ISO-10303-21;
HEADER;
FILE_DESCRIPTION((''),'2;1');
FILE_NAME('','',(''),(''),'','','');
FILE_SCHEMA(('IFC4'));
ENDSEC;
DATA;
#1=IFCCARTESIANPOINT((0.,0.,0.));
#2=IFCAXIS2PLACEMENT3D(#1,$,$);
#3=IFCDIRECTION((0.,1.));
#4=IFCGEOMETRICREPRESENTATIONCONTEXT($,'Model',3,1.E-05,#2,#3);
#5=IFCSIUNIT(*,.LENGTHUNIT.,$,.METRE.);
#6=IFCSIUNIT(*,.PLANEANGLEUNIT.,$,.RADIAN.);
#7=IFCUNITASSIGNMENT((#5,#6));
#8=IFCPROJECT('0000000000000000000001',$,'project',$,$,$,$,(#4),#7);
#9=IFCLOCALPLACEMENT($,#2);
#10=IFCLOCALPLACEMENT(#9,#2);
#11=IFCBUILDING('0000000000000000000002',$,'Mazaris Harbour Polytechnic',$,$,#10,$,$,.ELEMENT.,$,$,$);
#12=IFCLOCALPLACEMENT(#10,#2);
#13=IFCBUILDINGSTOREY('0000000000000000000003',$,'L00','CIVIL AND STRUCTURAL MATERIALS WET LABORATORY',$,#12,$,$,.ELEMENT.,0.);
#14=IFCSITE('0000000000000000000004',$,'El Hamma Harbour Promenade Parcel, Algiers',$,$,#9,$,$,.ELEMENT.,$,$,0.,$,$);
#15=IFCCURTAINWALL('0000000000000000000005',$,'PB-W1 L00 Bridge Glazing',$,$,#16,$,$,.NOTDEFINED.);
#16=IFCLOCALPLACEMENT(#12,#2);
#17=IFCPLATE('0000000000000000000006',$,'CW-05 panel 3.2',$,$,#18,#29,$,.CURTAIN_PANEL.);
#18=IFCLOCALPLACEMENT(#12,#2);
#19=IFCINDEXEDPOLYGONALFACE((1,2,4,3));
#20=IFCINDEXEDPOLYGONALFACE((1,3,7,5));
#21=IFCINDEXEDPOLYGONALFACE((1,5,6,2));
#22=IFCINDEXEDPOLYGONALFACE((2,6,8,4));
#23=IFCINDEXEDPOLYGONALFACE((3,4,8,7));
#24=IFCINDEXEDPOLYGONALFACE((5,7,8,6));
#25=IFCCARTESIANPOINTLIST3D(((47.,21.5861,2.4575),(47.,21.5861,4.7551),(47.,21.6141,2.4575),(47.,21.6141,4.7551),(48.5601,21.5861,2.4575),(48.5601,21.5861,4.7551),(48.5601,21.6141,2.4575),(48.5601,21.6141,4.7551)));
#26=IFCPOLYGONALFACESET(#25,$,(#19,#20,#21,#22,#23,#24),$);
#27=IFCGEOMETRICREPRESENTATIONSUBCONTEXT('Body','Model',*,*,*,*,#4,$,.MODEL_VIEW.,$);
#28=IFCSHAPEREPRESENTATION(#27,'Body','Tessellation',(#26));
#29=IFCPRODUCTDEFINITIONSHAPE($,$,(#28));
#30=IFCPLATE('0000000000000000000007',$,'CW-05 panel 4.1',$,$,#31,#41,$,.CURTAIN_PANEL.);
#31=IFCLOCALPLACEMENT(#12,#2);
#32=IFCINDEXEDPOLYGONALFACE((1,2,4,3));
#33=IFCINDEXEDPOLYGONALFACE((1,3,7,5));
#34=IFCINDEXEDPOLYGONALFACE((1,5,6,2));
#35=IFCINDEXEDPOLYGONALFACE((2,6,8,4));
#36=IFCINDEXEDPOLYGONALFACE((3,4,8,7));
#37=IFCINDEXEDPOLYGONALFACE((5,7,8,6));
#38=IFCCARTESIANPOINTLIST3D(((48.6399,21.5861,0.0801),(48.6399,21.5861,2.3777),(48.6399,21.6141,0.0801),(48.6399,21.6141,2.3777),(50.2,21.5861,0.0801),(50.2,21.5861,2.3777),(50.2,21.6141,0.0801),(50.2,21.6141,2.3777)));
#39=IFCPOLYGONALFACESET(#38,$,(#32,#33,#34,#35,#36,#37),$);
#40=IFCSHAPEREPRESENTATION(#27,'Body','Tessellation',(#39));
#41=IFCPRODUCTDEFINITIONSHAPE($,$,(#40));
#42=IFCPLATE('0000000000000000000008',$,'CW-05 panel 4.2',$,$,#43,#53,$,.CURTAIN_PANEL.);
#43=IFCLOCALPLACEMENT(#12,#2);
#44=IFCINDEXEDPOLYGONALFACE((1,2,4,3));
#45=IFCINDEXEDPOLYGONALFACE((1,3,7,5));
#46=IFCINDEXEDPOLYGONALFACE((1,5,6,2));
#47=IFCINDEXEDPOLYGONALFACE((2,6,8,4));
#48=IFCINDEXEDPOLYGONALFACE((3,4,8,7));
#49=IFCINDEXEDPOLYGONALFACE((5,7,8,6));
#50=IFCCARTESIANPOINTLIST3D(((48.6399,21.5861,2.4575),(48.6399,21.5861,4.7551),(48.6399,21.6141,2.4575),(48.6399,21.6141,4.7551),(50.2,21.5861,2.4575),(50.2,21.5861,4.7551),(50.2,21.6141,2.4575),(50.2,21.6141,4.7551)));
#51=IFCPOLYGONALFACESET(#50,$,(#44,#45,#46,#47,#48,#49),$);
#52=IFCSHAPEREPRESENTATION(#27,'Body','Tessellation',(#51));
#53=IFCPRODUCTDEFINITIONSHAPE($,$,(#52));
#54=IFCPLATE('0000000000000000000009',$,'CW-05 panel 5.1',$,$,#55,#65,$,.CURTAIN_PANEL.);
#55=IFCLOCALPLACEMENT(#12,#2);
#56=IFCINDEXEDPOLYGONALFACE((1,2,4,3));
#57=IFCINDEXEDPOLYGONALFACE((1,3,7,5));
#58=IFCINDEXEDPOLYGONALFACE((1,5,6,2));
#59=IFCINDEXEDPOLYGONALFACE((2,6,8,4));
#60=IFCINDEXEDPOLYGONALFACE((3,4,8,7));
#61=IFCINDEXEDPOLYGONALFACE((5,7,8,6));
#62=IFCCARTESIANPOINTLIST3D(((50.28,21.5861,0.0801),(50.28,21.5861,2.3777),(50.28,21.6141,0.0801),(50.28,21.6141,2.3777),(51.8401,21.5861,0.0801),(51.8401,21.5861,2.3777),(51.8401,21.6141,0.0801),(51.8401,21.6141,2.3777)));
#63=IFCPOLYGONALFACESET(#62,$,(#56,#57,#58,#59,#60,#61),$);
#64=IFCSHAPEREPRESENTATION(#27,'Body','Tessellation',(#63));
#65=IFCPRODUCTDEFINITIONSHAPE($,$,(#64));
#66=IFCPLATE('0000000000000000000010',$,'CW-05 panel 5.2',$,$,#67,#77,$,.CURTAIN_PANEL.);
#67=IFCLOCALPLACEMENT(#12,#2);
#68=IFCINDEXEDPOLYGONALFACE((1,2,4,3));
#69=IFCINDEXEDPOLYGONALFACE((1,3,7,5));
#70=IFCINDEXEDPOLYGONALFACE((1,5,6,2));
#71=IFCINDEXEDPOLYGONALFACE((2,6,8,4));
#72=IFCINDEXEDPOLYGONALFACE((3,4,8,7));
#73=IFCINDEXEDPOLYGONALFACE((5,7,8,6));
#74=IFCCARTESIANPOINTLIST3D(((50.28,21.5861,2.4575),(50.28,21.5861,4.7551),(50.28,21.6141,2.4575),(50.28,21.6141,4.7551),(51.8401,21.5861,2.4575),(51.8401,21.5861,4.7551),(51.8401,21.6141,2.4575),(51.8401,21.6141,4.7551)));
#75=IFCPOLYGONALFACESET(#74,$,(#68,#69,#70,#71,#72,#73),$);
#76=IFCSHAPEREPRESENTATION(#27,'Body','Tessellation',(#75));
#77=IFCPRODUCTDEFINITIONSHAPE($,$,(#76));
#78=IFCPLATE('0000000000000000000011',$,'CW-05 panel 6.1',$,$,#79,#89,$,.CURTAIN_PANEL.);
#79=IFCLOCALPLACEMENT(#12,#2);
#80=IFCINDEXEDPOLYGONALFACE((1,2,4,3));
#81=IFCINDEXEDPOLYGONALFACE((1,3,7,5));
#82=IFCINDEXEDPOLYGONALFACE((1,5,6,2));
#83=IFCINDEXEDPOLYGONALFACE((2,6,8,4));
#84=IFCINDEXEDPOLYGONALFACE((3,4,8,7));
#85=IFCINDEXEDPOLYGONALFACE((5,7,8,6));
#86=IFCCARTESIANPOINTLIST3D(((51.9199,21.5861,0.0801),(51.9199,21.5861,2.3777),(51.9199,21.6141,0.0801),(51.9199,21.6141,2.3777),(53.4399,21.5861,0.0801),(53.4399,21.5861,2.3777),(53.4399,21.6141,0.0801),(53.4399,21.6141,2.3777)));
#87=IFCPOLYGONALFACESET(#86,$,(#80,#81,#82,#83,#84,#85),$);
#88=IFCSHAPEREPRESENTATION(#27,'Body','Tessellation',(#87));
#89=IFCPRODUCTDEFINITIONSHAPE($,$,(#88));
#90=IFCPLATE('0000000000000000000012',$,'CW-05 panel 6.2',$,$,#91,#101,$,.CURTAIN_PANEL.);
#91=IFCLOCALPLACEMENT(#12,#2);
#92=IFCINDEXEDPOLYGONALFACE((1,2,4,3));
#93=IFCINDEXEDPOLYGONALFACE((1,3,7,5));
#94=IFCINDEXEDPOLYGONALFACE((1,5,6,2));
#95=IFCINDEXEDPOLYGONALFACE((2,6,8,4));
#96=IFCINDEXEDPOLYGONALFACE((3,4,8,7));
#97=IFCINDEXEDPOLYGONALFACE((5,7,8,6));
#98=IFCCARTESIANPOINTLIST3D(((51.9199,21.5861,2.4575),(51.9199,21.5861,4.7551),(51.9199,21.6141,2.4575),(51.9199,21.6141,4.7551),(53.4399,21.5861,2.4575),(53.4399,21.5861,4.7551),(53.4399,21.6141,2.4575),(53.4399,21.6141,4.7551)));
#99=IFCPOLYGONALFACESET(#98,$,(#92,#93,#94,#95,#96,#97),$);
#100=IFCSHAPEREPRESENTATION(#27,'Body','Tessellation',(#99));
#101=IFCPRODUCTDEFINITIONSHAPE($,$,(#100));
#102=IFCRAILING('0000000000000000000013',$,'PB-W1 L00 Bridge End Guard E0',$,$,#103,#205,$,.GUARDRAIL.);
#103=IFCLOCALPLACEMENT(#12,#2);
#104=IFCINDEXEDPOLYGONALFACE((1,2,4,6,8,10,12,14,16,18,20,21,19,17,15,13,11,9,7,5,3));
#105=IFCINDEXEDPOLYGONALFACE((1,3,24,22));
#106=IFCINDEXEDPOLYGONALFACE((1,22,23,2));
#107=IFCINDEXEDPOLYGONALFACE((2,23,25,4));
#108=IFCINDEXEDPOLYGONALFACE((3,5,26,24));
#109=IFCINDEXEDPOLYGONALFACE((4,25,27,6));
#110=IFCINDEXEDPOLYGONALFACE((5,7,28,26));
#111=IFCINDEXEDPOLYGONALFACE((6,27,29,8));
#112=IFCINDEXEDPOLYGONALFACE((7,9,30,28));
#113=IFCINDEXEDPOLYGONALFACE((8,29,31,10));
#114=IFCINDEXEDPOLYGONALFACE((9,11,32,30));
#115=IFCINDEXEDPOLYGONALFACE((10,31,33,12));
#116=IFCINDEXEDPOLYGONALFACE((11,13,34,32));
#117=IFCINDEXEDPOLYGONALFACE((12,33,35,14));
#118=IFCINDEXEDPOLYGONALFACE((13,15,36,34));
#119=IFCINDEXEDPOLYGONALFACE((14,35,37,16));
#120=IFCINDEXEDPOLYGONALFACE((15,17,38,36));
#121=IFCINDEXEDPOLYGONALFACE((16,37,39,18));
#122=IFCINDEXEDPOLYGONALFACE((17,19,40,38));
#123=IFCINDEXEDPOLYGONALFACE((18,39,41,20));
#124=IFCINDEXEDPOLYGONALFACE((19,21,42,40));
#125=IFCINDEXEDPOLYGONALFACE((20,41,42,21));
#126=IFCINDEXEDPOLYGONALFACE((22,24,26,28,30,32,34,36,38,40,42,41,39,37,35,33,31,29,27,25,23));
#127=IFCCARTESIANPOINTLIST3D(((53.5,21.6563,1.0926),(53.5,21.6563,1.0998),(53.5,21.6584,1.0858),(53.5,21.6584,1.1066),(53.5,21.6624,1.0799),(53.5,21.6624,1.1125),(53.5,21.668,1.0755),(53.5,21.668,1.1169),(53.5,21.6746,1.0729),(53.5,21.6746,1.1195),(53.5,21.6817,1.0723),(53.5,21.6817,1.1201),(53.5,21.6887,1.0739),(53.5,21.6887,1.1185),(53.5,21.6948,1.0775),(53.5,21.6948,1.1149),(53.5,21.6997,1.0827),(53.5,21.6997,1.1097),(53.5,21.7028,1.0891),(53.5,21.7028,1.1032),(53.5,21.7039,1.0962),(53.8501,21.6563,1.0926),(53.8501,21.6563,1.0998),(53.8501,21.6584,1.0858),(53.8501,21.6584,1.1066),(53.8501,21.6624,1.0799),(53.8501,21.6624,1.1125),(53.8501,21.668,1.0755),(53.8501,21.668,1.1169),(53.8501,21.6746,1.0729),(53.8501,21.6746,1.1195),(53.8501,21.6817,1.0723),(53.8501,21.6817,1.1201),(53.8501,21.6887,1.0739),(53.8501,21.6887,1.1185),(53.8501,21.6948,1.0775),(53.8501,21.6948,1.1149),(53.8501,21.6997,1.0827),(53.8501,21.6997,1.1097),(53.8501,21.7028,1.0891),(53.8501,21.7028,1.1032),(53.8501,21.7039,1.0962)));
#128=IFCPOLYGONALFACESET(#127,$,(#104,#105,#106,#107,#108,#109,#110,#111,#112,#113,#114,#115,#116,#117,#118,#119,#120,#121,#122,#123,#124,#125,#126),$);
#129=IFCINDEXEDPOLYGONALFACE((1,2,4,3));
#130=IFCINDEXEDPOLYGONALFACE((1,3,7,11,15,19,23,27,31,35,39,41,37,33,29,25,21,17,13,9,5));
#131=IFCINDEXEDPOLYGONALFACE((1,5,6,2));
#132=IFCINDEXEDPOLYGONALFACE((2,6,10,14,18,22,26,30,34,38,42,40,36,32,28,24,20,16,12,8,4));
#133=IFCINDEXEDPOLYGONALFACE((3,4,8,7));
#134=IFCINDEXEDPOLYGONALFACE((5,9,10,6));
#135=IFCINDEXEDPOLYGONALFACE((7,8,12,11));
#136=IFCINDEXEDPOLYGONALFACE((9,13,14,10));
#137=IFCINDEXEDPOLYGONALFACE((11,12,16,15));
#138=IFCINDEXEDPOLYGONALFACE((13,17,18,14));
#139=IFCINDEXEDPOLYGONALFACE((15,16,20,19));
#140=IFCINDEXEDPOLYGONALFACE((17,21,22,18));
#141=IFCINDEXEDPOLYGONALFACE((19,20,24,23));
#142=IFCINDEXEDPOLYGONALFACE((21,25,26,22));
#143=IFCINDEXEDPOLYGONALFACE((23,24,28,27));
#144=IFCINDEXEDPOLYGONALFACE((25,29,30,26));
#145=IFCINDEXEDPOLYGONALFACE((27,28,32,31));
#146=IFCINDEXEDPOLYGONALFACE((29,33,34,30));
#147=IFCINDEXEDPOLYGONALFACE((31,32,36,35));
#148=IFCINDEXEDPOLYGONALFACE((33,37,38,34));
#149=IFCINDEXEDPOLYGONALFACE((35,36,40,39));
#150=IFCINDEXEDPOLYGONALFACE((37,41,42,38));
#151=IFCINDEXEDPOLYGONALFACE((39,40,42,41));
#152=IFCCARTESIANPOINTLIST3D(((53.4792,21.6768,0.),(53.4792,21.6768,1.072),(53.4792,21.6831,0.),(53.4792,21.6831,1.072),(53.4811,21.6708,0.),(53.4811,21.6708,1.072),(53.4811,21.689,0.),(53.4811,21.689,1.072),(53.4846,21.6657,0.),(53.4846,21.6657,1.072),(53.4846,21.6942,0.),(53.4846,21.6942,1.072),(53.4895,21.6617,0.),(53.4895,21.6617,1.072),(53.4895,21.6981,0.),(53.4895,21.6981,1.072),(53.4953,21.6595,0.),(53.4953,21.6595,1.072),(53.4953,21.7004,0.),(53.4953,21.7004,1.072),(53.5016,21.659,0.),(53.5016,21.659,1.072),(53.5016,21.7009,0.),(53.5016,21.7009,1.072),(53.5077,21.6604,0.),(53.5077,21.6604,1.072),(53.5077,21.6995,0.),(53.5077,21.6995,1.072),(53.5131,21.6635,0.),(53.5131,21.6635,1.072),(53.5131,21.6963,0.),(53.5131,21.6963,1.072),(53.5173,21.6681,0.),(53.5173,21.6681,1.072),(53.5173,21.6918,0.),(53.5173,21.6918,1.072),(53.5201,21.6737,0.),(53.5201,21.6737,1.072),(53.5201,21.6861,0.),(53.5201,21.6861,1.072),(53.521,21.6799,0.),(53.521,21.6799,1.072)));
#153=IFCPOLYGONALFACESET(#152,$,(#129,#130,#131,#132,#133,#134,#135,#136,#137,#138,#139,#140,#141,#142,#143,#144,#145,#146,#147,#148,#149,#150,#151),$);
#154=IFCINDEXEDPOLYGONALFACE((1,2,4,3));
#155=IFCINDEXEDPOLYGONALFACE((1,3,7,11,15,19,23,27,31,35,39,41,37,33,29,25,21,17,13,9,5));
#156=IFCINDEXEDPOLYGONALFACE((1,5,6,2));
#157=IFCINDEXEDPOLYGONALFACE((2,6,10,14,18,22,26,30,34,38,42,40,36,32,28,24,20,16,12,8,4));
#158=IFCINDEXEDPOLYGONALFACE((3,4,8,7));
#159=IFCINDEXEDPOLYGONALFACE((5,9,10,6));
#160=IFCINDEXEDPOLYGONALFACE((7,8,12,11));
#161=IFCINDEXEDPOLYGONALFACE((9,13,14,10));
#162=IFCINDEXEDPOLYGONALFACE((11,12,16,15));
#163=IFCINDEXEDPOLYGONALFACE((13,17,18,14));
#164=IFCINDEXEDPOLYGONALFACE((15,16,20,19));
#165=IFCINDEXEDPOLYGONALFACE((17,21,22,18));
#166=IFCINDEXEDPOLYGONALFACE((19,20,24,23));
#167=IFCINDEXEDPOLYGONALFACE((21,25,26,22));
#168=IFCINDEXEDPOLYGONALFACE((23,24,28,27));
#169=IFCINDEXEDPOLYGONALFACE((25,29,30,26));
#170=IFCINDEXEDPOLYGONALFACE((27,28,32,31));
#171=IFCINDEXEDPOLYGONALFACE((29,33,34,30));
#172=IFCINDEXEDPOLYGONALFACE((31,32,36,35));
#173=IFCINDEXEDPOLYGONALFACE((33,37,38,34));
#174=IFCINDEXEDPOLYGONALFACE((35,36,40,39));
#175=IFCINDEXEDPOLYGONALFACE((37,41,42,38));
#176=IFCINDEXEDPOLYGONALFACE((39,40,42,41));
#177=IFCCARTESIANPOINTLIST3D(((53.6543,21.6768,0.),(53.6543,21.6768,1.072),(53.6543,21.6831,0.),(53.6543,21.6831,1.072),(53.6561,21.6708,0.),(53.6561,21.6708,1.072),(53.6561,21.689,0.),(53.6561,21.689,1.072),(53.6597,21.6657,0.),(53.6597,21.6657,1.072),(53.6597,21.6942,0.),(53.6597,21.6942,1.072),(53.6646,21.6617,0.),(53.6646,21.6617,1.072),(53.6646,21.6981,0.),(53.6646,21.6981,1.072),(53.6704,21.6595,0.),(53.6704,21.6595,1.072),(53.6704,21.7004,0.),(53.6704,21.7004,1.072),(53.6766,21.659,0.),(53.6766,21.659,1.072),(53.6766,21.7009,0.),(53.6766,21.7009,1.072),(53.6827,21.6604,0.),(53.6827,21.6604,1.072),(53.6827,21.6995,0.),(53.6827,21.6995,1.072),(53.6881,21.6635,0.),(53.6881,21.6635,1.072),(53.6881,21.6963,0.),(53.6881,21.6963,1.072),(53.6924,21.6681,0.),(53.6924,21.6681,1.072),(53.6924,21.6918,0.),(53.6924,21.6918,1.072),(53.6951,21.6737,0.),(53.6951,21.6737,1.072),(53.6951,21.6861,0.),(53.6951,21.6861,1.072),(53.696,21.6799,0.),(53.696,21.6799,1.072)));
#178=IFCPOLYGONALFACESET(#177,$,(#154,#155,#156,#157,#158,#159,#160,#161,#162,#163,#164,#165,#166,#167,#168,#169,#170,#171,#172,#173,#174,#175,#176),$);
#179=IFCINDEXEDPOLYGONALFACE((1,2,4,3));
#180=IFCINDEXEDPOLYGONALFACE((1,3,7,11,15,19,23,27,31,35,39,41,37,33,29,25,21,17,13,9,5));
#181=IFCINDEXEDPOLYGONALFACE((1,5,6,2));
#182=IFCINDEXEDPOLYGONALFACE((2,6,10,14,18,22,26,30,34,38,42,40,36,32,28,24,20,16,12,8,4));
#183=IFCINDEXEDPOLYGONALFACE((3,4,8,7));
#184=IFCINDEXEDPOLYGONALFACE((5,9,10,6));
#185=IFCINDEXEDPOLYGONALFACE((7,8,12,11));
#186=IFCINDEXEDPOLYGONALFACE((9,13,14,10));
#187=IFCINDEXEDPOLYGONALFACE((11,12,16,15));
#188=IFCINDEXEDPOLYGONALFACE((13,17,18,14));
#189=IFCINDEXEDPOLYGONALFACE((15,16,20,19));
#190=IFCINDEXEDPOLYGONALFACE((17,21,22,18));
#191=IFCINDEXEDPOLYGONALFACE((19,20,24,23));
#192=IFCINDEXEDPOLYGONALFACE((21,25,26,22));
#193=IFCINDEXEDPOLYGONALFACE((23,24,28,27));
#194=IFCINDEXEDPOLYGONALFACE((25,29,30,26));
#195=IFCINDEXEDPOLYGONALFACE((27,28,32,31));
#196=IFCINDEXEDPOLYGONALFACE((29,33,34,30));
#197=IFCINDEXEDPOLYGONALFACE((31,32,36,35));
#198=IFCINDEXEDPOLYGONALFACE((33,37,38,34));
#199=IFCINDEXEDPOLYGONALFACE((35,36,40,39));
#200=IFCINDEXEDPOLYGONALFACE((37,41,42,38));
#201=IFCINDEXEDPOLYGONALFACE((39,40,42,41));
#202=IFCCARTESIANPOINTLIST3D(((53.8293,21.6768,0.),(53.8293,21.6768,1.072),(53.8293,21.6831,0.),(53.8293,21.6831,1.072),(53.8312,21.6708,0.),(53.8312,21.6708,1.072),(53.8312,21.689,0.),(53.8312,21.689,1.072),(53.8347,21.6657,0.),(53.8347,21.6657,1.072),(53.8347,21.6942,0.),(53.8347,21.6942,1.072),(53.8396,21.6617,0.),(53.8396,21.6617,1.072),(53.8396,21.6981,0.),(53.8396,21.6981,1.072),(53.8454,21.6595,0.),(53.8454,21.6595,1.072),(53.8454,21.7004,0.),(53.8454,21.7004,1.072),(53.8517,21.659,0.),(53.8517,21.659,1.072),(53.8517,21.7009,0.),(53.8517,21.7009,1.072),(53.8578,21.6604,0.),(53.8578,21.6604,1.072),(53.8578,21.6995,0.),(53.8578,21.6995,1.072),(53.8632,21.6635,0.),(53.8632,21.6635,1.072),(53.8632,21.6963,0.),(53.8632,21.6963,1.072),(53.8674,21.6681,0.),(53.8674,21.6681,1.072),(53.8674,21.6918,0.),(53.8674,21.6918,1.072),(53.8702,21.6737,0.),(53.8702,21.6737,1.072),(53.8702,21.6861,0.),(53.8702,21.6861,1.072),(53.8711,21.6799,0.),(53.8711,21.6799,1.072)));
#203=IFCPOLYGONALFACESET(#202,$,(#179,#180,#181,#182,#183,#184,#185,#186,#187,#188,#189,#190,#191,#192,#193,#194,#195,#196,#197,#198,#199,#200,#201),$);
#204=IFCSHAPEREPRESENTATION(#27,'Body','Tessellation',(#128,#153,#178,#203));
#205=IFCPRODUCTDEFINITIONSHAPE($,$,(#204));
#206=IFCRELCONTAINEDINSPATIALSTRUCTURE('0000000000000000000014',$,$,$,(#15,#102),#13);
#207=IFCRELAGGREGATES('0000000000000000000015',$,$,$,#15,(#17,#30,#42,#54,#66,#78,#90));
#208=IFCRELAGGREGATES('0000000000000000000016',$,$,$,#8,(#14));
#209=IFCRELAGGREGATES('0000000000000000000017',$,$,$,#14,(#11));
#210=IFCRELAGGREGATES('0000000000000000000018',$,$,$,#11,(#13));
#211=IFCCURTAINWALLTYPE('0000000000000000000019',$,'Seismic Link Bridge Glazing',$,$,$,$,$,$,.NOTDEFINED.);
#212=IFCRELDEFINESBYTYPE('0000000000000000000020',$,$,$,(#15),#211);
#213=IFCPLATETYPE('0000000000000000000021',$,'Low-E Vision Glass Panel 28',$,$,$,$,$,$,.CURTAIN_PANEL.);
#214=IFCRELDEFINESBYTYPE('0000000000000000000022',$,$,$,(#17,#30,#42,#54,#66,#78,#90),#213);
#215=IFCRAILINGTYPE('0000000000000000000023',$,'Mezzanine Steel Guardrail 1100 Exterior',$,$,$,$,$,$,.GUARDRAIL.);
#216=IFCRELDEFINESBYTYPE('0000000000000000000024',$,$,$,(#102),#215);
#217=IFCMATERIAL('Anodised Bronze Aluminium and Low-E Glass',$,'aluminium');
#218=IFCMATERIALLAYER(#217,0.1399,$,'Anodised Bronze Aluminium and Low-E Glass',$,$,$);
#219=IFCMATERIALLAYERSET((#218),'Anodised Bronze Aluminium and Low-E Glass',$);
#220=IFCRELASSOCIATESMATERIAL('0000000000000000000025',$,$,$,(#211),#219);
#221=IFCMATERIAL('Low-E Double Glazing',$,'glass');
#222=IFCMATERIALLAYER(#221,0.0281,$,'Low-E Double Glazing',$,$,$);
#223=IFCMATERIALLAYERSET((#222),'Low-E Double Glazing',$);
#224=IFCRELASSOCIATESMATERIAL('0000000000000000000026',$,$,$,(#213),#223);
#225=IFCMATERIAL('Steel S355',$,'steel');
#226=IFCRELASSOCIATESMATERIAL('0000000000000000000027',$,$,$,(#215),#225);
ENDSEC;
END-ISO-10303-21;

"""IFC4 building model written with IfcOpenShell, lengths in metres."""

from ifc_helpers import new_model, si_unit, direction, frame, origin, origin_2d, place, context, subcontext, project, spatial, rectangle, circle, extrude, material, layer, layer_set, type_object, element, aggregate, save


model = new_model("IFC4")

# Units and contexts
model_context = context("Model", 3, precision=1e-05, world=origin(), true_north=direction((0.0, 1.0)))
body_context = subcontext(model_context, "Body", "Model", "MODEL_VIEW")
ifc_project = project(units=[si_unit("LENGTHUNIT", "METRE"), si_unit("PLANEANGLEUNIT", "RADIAN")], contexts=[model_context])

# Site, building, storey
site_placement = place(None, origin())
site = spatial("IfcSite", under=ifc_project, at=site_placement, Name="El Hamma Harbour Promenade Parcel, Algiers", CompositionType="ELEMENT", RefElevation=0.0)
building_placement = place(site_placement, origin())
building = spatial("IfcBuilding", under=site, at=building_placement, Name="Mazaris Harbour Polytechnic", CompositionType="ELEMENT")
storey_placement = place(building_placement, origin())
storey = spatial("IfcBuildingStorey", under=building, at=storey_placement, Name="L00", Description="CIVIL AND STRUCTURAL MATERIALS WET LABORATORY", CompositionType="ELEMENT", Elevation=0.0)

# Curtain wall
ifc_material_1 = material(Name="Anodised Bronze Aluminium and Low-E Glass", Category="aluminium")
ifc_layer_1 = layer(ifc_material_1, 0.1399, Name="Anodised Bronze Aluminium and Low-E Glass")
ifc_layer_set_1 = layer_set([ifc_layer_1], Name="Anodised Bronze Aluminium and Low-E Glass")
curtain_wall_type = type_object("IfcCurtainWallType", Name="Seismic Link Bridge Glazing", PredefinedType="NOTDEFINED", material=ifc_layer_set_1)
curtain_wall_placement = place(storey_placement, origin())
curtain_wall = element("IfcCurtainWall", 1, at=curtain_wall_placement, inside=storey, type_object=curtain_wall_type, Name="PB-W1 L00 Bridge Glazing", PredefinedType="NOTDEFINED")

# Plates
ifc_material_2 = material(Name="Low-E Double Glazing", Category="glass")
ifc_layer_2 = layer(ifc_material_2, 0.0281, Name="Low-E Double Glazing")
ifc_layer_set_2 = layer_set([ifc_layer_2], Name="Low-E Double Glazing")
plate_type = type_object("IfcPlateType", Name="Low-E Vision Glass Panel 28", PredefinedType="CURTAIN_PANEL", material=ifc_layer_set_2)
plate_1_placement = place(storey_placement, frame((47.78, 21.6001, 2.4575), z_axis=(0.0, 0.0, 1.0), x_axis=(1.0, 0.0, 0.0)))
plate_1 = element("IfcPlate", 2, at=plate_1_placement, type_object=plate_type, Name="CW-05 panel 3.2", PredefinedType="CURTAIN_PANEL", context=body_context, shape_type="SweptSolid", body=[
    extrude(rectangle(XDim=1.5601, YDim=0.0281, at=origin_2d()), origin(), (0.0, 0.0, 1.0), 2.2976),
])
plate_2_placement = place(storey_placement, frame((49.4199, 21.6001, 0.0801), z_axis=(0.0, 0.0, 1.0), x_axis=(1.0, 0.0, 0.0)))
plate_2 = element("IfcPlate", 3, at=plate_2_placement, type_object=plate_type, Name="CW-05 panel 4.1", PredefinedType="CURTAIN_PANEL", context=body_context, shape_type="SweptSolid", body=[
    extrude(rectangle(XDim=1.5601, YDim=0.0281, at=origin_2d()), origin(), (0.0, 0.0, 1.0), 2.2976),
])
plate_3_placement = place(storey_placement, frame((49.4199, 21.6001, 2.4575), z_axis=(0.0, 0.0, 1.0), x_axis=(1.0, 0.0, 0.0)))
plate_3 = element("IfcPlate", 4, at=plate_3_placement, type_object=plate_type, Name="CW-05 panel 4.2", PredefinedType="CURTAIN_PANEL", context=body_context, shape_type="SweptSolid", body=[
    extrude(rectangle(XDim=1.5601, YDim=0.0281, at=origin_2d()), origin(), (0.0, 0.0, 1.0), 2.2976),
])
plate_4_placement = place(storey_placement, frame((51.0601, 21.6001, 0.0801), z_axis=(0.0, 0.0, 1.0), x_axis=(1.0, 0.0, 0.0)))
plate_4 = element("IfcPlate", 5, at=plate_4_placement, type_object=plate_type, Name="CW-05 panel 5.1", PredefinedType="CURTAIN_PANEL", context=body_context, shape_type="SweptSolid", body=[
    extrude(rectangle(XDim=1.5601, YDim=0.0281, at=origin_2d()), origin(), (0.0, 0.0, 1.0), 2.2976),
])
plate_5_placement = place(storey_placement, frame((51.0601, 21.6001, 2.4575), z_axis=(0.0, 0.0, 1.0), x_axis=(1.0, 0.0, 0.0)))
plate_5 = element("IfcPlate", 6, at=plate_5_placement, type_object=plate_type, Name="CW-05 panel 5.2", PredefinedType="CURTAIN_PANEL", context=body_context, shape_type="SweptSolid", body=[
    extrude(rectangle(XDim=1.5601, YDim=0.0281, at=origin_2d()), origin(), (0.0, 0.0, 1.0), 2.2976),
])
plate_6_placement = place(storey_placement, frame((52.6799, 21.6001, 0.0801), z_axis=(0.0, 0.0, 1.0), x_axis=(1.0, 0.0, 0.0)))
plate_6 = element("IfcPlate", 7, at=plate_6_placement, type_object=plate_type, Name="CW-05 panel 6.1", PredefinedType="CURTAIN_PANEL", context=body_context, shape_type="SweptSolid", body=[
    extrude(rectangle(XDim=1.52, YDim=0.0281, at=origin_2d()), origin(), (0.0, 0.0, 1.0), 2.2976),
])
plate_7_placement = place(storey_placement, frame((52.6799, 21.6001, 2.4575), z_axis=(0.0, 0.0, 1.0), x_axis=(1.0, 0.0, 0.0)))
plate_7 = element("IfcPlate", 8, at=plate_7_placement, type_object=plate_type, Name="CW-05 panel 6.2", PredefinedType="CURTAIN_PANEL", context=body_context, shape_type="SweptSolid", body=[
    extrude(rectangle(XDim=1.52, YDim=0.0281, at=origin_2d()), origin(), (0.0, 0.0, 1.0), 2.2976),
])
aggregate(curtain_wall, [plate_1, plate_2, plate_3, plate_4, plate_5, plate_6, plate_7])

# Railing
ifc_material_3 = material(Name="Steel S355", Category="steel")
railing_type = type_object("IfcRailingType", Name="Mezzanine Steel Guardrail 1100 Exterior", PredefinedType="GUARDRAIL", material=ifc_material_3)
railing_placement = place(storey_placement, frame((53.5, 21.6799, 0.0)))
element("IfcRailing", 9, at=railing_placement, inside=storey, type_object=railing_type, Name="PB-W1 L00 Bridge End Guard E0", PredefinedType="GUARDRAIL", context=body_context, shape_type="SweptSolid", body=[
    extrude(circle(Radius=0.0239, at=origin_2d()), frame((0.0, 0.0, 1.0962), z_axis=(1.0, 0.0, 0.0), x_axis=(0.0, 1.0, 0.0)), (0.0, 0.0, 1.0), 0.3501),
    extrude(circle(Radius=0.021, at=origin_2d()), origin(), (0.0, 0.0, 1.0), 1.072),
    extrude(circle(Radius=0.021, at=origin_2d()), frame((0.175, 0.0, 0.0)), (0.0, 0.0, 1.0), 1.072),
    extrude(circle(Radius=0.021, at=origin_2d()), frame((0.3501, 0.0, 0.0)), (0.0, 0.0, 1.0), 1.072),
])

save(model, "model.ifc")
